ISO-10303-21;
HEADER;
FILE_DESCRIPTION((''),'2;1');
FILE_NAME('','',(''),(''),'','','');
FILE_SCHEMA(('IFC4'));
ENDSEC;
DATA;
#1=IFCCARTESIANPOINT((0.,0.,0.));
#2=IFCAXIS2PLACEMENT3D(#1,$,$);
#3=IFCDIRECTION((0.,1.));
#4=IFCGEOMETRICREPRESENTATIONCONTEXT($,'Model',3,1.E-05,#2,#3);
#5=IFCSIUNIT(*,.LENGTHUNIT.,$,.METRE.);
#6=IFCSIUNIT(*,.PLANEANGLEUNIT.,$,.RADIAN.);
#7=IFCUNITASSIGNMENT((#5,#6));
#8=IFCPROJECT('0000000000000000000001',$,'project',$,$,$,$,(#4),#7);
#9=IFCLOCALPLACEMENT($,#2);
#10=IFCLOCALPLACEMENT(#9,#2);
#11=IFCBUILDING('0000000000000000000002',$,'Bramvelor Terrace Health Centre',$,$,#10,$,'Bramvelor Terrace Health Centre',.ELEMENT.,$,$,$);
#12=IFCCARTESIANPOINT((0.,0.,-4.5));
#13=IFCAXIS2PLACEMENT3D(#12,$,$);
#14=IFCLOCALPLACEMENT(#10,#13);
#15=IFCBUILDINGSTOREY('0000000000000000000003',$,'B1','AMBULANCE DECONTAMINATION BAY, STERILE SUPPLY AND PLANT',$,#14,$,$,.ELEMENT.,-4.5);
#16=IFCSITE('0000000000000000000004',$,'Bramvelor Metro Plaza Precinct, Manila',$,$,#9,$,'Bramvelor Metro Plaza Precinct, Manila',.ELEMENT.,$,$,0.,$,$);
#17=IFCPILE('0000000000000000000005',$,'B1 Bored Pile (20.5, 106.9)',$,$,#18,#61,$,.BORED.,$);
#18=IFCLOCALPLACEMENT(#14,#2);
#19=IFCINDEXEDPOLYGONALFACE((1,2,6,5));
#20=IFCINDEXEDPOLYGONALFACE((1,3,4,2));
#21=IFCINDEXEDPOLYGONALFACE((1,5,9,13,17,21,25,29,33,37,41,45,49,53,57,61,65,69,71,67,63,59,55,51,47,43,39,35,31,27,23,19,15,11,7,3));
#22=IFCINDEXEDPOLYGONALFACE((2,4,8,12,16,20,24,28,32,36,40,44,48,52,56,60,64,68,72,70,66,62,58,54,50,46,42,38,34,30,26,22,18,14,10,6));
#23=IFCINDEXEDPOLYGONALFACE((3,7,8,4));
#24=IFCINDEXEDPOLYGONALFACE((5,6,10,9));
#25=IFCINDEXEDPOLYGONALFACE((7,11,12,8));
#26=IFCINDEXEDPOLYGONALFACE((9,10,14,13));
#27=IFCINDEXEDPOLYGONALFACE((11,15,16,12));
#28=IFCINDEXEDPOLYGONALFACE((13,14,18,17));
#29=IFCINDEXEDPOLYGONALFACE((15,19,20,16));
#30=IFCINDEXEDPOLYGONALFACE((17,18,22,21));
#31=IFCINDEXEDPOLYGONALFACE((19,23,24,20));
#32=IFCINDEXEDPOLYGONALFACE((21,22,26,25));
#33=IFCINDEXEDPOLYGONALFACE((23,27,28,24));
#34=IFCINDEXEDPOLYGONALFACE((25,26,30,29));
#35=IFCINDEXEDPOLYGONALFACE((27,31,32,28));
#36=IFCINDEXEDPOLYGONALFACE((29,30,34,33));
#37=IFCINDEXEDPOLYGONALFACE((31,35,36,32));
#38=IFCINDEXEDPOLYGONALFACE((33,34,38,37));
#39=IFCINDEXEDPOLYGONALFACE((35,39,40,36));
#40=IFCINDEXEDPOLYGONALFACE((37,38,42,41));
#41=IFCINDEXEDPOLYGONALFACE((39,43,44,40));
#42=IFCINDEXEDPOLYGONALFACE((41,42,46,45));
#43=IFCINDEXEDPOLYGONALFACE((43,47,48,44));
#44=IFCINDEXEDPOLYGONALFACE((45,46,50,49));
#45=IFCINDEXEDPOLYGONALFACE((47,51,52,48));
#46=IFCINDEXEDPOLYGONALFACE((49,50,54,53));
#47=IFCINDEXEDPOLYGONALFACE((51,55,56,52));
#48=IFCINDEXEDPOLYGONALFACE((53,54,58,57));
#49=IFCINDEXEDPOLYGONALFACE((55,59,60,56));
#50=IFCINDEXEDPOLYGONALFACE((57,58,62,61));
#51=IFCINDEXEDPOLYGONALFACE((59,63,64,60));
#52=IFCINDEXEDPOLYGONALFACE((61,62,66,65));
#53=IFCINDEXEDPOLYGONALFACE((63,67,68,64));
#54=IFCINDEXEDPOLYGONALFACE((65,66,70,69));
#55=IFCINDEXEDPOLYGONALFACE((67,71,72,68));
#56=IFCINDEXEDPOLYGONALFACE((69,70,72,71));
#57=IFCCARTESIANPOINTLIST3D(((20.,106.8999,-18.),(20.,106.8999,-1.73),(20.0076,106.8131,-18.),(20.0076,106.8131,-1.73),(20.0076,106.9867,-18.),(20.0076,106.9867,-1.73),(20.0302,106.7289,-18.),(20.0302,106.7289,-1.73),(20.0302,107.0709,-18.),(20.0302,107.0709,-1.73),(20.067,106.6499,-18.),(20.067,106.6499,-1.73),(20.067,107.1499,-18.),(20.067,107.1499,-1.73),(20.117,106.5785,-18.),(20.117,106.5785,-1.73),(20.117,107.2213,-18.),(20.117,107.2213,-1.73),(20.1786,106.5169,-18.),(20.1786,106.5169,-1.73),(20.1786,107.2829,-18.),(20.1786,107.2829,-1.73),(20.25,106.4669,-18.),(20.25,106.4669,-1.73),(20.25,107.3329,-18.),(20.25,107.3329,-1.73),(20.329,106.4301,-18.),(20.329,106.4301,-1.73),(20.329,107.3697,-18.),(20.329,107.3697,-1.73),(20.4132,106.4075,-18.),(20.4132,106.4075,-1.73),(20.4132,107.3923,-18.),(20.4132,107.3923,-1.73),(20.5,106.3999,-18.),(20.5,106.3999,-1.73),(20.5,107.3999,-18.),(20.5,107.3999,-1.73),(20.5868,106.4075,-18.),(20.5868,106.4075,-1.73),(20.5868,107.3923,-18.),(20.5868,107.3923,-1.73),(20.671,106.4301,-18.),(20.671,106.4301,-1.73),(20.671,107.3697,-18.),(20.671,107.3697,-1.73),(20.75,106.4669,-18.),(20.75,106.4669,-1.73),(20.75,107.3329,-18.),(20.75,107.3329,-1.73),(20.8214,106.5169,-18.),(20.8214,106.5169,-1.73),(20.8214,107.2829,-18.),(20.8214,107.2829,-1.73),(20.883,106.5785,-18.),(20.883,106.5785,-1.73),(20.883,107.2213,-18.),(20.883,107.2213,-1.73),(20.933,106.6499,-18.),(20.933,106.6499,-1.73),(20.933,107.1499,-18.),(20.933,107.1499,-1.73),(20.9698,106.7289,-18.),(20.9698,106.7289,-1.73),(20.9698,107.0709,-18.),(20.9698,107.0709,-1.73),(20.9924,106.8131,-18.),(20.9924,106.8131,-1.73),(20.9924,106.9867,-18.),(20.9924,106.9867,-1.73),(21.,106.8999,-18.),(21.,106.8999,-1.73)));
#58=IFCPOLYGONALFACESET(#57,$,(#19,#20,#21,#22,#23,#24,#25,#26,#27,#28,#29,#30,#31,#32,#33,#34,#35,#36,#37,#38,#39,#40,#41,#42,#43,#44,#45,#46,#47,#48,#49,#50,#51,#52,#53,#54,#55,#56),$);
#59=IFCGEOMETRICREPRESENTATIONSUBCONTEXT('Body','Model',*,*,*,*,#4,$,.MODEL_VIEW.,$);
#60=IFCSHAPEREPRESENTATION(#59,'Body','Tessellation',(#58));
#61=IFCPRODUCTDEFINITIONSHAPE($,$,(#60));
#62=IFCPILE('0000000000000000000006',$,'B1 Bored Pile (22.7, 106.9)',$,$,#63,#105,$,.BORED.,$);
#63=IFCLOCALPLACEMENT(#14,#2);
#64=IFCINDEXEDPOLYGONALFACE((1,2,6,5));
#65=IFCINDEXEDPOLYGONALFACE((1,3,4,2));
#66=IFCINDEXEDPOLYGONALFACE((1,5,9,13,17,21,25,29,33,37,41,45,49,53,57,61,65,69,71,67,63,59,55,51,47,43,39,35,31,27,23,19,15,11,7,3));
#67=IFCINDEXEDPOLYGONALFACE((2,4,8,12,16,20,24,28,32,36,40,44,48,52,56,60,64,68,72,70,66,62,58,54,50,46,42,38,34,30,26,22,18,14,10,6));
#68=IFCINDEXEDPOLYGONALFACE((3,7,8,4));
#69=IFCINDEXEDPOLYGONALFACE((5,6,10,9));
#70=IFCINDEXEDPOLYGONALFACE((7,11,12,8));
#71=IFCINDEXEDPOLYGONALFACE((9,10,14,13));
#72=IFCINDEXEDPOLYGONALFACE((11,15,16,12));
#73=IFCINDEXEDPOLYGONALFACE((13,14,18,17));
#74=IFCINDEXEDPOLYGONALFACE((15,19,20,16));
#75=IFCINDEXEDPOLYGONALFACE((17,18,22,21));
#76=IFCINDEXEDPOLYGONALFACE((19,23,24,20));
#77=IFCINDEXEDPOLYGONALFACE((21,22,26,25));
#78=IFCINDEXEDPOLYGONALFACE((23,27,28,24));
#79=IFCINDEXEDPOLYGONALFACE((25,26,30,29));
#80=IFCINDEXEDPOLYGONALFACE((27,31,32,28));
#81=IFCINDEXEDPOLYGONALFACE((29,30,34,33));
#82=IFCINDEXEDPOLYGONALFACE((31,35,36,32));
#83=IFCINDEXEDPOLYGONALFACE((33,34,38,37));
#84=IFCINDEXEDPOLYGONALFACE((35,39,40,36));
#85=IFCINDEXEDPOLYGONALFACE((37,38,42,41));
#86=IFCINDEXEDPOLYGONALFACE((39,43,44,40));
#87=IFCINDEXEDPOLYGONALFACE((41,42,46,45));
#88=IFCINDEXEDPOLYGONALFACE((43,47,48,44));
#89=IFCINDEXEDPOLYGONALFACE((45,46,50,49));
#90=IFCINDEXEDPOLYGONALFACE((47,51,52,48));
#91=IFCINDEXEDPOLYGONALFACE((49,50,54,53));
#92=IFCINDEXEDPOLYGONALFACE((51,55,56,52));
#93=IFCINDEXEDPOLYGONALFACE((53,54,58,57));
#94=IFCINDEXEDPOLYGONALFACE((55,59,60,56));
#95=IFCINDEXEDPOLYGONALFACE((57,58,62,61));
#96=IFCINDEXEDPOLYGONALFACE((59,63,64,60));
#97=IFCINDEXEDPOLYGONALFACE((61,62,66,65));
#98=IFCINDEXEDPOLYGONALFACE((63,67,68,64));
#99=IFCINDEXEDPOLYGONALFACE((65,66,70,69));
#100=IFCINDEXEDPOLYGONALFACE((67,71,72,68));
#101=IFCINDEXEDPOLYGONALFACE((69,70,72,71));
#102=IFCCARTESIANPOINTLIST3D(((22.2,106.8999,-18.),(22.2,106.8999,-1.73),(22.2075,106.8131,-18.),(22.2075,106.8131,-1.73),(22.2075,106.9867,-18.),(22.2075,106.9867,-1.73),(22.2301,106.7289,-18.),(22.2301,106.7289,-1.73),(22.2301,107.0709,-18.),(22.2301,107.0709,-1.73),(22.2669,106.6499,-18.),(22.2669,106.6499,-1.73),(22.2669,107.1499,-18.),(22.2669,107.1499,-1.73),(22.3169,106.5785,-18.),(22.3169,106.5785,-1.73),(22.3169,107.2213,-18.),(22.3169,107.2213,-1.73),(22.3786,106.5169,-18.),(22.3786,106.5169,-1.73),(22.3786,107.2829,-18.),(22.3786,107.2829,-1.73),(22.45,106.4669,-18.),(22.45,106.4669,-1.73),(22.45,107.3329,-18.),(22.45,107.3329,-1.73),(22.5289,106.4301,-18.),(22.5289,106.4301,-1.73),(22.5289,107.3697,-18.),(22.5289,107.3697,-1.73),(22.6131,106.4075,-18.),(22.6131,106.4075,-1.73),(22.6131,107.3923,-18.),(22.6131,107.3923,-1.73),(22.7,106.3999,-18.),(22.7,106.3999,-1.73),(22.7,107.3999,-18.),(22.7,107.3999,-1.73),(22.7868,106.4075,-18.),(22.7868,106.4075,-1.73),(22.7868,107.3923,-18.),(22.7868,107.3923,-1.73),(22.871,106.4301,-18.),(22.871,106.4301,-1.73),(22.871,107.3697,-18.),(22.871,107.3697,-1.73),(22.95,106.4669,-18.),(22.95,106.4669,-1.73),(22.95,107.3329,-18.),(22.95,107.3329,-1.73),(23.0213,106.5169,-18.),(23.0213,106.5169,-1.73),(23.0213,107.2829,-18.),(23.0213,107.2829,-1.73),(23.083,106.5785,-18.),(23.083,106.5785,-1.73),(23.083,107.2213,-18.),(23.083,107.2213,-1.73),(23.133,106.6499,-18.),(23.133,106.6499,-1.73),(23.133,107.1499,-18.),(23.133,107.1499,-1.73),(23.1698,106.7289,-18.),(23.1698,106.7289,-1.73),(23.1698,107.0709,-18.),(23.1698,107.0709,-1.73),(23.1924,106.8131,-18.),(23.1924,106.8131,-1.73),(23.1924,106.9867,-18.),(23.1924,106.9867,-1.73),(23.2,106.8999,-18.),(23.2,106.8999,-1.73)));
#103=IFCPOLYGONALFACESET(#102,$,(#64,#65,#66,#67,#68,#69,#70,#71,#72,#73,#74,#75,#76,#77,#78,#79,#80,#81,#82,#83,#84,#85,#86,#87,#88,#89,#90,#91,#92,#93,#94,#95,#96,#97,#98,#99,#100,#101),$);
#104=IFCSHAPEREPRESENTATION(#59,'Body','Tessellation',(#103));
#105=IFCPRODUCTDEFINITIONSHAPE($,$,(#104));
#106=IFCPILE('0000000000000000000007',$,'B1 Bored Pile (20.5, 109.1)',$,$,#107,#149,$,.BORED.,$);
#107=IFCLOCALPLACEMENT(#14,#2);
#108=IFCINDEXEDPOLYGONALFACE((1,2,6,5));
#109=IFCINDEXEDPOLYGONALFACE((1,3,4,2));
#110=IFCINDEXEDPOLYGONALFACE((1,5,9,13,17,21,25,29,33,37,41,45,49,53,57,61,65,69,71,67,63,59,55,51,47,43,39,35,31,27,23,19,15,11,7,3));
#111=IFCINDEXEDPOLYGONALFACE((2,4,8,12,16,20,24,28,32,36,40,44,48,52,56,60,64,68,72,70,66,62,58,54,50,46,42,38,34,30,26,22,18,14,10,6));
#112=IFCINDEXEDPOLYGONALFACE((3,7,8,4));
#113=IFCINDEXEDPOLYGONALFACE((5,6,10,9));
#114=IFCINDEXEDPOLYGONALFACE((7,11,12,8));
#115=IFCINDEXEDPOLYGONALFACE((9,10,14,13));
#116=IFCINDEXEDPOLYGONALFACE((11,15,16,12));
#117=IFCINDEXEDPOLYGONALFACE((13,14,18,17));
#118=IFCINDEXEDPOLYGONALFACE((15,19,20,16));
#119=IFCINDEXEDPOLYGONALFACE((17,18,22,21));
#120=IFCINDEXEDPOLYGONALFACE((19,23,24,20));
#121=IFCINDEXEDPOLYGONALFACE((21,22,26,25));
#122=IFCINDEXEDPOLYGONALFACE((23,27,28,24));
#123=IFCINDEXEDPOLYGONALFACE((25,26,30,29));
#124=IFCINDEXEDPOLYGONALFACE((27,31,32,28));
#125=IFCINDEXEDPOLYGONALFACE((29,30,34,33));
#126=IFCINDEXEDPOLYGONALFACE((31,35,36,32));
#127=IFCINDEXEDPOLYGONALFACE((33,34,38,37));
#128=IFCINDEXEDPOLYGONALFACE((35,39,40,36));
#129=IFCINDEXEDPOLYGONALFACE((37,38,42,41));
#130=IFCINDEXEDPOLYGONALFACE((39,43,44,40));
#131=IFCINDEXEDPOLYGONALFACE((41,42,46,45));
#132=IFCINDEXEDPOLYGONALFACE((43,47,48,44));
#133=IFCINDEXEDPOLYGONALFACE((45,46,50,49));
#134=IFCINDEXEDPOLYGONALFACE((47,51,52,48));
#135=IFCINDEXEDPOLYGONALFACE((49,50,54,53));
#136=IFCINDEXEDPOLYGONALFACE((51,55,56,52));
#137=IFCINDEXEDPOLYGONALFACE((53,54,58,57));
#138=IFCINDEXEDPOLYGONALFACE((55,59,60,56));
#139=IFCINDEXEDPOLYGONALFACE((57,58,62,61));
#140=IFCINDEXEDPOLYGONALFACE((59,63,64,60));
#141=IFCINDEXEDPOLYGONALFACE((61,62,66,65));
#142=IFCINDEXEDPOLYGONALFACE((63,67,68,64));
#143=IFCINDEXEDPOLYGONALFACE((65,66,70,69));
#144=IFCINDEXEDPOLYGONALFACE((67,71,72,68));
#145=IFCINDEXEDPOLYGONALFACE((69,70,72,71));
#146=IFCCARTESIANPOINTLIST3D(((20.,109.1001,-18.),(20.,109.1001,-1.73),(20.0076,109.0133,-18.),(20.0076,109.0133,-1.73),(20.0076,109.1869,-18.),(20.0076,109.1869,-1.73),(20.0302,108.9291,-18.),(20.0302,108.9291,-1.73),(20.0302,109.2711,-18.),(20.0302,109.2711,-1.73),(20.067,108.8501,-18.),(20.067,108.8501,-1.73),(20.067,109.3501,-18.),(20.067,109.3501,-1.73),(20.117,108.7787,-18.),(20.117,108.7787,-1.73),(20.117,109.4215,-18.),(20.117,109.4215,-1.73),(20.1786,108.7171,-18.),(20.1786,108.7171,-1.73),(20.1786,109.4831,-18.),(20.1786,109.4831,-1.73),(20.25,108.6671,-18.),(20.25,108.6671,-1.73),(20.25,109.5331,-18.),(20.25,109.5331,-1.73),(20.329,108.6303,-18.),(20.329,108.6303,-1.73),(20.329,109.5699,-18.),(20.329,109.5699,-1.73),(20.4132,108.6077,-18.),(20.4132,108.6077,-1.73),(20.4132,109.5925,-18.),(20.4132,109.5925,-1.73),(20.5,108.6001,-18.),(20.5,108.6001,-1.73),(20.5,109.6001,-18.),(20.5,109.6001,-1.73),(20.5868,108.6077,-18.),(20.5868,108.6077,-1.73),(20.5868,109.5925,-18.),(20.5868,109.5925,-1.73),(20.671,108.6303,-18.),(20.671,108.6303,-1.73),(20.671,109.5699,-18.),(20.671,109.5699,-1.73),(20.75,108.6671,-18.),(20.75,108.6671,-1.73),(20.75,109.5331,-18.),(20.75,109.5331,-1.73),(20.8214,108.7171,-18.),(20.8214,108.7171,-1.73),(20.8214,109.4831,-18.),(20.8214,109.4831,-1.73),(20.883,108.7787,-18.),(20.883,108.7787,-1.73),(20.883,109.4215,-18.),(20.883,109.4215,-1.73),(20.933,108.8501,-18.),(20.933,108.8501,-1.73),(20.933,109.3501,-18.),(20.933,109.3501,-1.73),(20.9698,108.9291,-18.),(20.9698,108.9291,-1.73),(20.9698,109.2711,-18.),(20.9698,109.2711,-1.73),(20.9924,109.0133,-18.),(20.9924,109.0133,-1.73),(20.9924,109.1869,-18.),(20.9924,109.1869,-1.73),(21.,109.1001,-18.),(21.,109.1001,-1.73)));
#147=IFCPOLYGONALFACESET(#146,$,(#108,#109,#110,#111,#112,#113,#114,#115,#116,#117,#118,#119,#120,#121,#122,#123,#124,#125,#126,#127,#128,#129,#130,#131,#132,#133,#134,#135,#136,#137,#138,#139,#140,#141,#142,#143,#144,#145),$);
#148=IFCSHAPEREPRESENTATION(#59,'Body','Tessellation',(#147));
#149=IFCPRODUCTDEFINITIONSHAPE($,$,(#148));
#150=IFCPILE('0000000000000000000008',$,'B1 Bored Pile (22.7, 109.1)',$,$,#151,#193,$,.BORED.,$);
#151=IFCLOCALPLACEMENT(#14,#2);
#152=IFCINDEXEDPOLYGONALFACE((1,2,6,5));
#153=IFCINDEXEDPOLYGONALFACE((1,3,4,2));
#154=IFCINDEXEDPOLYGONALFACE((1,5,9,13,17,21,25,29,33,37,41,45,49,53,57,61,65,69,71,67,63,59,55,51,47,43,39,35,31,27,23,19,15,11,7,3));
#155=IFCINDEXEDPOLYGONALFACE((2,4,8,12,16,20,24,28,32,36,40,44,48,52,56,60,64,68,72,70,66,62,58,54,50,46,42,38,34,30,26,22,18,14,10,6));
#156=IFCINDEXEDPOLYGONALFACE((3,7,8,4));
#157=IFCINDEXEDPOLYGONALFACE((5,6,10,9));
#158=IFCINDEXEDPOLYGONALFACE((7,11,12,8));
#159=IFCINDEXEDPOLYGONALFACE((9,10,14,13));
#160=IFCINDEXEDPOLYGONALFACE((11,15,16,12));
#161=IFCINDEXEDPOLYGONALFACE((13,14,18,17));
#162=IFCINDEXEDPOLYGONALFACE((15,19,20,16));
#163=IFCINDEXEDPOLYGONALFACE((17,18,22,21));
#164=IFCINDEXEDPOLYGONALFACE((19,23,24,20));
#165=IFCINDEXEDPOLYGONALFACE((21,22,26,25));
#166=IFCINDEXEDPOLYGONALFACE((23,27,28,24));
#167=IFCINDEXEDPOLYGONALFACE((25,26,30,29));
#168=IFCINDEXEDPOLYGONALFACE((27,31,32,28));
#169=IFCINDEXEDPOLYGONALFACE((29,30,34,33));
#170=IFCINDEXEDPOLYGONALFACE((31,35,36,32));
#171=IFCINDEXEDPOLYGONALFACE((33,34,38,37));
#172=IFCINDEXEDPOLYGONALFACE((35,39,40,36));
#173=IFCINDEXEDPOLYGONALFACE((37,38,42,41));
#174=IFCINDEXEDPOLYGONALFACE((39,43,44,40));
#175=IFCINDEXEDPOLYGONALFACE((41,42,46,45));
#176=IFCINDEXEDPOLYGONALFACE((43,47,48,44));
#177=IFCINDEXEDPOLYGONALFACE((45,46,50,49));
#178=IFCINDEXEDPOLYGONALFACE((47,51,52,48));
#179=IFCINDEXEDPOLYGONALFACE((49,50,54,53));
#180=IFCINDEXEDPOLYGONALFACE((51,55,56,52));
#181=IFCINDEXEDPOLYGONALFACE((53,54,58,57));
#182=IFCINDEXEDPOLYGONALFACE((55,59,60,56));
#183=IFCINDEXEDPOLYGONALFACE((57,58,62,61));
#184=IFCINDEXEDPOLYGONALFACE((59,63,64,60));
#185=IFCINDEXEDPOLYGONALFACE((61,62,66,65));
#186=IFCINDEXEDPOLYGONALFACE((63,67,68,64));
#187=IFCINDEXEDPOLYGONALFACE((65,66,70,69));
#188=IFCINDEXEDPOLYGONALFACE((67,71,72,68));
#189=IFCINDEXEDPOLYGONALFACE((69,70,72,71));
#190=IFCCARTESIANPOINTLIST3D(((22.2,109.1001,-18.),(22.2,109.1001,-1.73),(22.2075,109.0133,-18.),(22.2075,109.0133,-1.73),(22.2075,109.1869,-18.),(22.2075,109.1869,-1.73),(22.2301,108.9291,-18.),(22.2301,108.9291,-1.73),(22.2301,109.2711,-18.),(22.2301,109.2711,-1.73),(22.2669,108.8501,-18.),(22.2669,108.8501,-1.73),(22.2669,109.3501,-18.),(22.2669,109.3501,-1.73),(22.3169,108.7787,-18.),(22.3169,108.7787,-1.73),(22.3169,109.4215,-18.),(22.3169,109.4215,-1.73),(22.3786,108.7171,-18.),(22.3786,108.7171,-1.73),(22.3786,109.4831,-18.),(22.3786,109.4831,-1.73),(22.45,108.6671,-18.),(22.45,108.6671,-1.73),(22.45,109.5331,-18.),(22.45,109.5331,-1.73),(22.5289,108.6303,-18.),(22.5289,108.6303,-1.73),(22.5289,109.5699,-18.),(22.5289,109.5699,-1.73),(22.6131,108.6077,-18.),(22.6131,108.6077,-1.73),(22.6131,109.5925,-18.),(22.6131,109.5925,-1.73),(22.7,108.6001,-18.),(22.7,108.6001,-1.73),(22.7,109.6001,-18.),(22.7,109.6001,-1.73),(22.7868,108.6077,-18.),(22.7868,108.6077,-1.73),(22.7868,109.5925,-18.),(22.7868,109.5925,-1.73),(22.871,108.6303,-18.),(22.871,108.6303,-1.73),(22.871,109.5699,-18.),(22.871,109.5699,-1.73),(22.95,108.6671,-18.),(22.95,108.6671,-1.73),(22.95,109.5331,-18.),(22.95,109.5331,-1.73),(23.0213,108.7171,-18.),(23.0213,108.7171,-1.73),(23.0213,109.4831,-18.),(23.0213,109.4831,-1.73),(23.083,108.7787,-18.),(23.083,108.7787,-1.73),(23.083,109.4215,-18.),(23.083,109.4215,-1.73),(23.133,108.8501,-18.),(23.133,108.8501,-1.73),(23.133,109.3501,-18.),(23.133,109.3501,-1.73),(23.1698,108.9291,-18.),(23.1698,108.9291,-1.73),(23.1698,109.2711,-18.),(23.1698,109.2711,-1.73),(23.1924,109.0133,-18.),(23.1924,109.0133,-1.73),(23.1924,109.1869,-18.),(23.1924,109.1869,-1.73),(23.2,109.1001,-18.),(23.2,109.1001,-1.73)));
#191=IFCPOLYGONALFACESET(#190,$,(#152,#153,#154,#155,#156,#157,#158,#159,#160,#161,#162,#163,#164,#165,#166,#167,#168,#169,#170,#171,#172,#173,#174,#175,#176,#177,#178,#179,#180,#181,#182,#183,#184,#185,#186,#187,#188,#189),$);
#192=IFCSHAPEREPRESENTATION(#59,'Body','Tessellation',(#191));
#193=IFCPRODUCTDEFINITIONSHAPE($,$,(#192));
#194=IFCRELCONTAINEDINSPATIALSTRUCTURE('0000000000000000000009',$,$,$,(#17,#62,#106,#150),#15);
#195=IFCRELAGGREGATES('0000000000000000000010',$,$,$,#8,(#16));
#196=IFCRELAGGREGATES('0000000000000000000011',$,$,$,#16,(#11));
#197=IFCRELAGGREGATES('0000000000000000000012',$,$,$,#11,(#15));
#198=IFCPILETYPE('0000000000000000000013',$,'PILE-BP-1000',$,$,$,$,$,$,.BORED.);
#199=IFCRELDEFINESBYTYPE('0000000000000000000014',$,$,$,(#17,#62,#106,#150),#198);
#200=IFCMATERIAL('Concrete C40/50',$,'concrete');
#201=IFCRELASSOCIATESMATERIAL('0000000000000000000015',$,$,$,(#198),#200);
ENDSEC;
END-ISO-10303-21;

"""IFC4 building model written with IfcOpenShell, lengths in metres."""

from ifc_helpers import new_model, si_unit, direction, frame, origin, origin_2d, place, context, subcontext, project, spatial, circle, extrude, material, material_profile, profile_set, type_object, element, save


model = new_model("IFC4")

# Units and contexts
model_context = context("Model", 3, precision=1e-05, world=origin(), true_north=direction((0.0, 1.0)))
body_context = subcontext(model_context, "Body", "Model", "MODEL_VIEW")
ifc_project = project(units=[si_unit("LENGTHUNIT", "METRE"), si_unit("PLANEANGLEUNIT", "RADIAN")], contexts=[model_context])

# Site, building, storey
site_placement = place(None, origin())
site = spatial("IfcSite", under=ifc_project, at=site_placement, Name="Bramvelor Metro Plaza Precinct, Manila", LongName="Bramvelor Metro Plaza Precinct, Manila", CompositionType="ELEMENT", RefElevation=0.0)
building_placement = place(site_placement, origin())
building = spatial("IfcBuilding", under=site, at=building_placement, Name="Bramvelor Terrace Health Centre", LongName="Bramvelor Terrace Health Centre", CompositionType="ELEMENT")
storey_placement = place(building_placement, frame((0.0, 0.0, -4.5)))
storey = spatial("IfcBuildingStorey", under=building, at=storey_placement, Name="B1", Description="AMBULANCE DECONTAMINATION BAY, STERILE SUPPLY AND PLANT", CompositionType="ELEMENT", Elevation=-4.5)

# Piles
ifc_material_1 = material(Name="Concrete C40/50", Category="concrete")
ifc_material_profile_1 = material_profile(ifc_material_1, circle(Radius=0.5, at=origin_2d()), Name="BP D1000")
ifc_profile_set_1 = profile_set([ifc_material_profile_1], Name="Concrete C40/50")
pile_type = type_object("IfcPileType", Name="PILE-BP-1000", PredefinedType="BORED", material=ifc_profile_set_1)
for number, where, z_axis, x_axis, name in (
    (1, (20.5, 106.8999, -1.73), (0.0, 0.0, -1.0), (1.0, 0.0, 0.0), "B1 Bored Pile (20.5, 106.9)"),
    (2, (22.7, 106.8999, -1.73), (0.0, 0.0, -1.0), (1.0, 0.0, 0.0), "B1 Bored Pile (22.7, 106.9)"),
    (3, (20.5, 109.1001, -1.73), (0.0, 0.0, -1.0), (1.0, 0.0, 0.0), "B1 Bored Pile (20.5, 109.1)"),
    (4, (22.7, 109.1001, -1.73), (0.0, 0.0, -1.0), (1.0, 0.0, 0.0), "B1 Bored Pile (22.7, 109.1)"),
):
    element("IfcPile", number, at=place(storey_placement, frame(where, z_axis=z_axis, x_axis=x_axis)), inside=storey, type_object=pile_type, Name=name, PredefinedType="BORED", context=body_context, shape_type="SweptSolid", body=[
        extrude(circle(Radius=0.5, at=origin_2d()), origin(), (0.0, 0.0, 1.0), 16.27),
    ])

save(model, "model.ifc")
